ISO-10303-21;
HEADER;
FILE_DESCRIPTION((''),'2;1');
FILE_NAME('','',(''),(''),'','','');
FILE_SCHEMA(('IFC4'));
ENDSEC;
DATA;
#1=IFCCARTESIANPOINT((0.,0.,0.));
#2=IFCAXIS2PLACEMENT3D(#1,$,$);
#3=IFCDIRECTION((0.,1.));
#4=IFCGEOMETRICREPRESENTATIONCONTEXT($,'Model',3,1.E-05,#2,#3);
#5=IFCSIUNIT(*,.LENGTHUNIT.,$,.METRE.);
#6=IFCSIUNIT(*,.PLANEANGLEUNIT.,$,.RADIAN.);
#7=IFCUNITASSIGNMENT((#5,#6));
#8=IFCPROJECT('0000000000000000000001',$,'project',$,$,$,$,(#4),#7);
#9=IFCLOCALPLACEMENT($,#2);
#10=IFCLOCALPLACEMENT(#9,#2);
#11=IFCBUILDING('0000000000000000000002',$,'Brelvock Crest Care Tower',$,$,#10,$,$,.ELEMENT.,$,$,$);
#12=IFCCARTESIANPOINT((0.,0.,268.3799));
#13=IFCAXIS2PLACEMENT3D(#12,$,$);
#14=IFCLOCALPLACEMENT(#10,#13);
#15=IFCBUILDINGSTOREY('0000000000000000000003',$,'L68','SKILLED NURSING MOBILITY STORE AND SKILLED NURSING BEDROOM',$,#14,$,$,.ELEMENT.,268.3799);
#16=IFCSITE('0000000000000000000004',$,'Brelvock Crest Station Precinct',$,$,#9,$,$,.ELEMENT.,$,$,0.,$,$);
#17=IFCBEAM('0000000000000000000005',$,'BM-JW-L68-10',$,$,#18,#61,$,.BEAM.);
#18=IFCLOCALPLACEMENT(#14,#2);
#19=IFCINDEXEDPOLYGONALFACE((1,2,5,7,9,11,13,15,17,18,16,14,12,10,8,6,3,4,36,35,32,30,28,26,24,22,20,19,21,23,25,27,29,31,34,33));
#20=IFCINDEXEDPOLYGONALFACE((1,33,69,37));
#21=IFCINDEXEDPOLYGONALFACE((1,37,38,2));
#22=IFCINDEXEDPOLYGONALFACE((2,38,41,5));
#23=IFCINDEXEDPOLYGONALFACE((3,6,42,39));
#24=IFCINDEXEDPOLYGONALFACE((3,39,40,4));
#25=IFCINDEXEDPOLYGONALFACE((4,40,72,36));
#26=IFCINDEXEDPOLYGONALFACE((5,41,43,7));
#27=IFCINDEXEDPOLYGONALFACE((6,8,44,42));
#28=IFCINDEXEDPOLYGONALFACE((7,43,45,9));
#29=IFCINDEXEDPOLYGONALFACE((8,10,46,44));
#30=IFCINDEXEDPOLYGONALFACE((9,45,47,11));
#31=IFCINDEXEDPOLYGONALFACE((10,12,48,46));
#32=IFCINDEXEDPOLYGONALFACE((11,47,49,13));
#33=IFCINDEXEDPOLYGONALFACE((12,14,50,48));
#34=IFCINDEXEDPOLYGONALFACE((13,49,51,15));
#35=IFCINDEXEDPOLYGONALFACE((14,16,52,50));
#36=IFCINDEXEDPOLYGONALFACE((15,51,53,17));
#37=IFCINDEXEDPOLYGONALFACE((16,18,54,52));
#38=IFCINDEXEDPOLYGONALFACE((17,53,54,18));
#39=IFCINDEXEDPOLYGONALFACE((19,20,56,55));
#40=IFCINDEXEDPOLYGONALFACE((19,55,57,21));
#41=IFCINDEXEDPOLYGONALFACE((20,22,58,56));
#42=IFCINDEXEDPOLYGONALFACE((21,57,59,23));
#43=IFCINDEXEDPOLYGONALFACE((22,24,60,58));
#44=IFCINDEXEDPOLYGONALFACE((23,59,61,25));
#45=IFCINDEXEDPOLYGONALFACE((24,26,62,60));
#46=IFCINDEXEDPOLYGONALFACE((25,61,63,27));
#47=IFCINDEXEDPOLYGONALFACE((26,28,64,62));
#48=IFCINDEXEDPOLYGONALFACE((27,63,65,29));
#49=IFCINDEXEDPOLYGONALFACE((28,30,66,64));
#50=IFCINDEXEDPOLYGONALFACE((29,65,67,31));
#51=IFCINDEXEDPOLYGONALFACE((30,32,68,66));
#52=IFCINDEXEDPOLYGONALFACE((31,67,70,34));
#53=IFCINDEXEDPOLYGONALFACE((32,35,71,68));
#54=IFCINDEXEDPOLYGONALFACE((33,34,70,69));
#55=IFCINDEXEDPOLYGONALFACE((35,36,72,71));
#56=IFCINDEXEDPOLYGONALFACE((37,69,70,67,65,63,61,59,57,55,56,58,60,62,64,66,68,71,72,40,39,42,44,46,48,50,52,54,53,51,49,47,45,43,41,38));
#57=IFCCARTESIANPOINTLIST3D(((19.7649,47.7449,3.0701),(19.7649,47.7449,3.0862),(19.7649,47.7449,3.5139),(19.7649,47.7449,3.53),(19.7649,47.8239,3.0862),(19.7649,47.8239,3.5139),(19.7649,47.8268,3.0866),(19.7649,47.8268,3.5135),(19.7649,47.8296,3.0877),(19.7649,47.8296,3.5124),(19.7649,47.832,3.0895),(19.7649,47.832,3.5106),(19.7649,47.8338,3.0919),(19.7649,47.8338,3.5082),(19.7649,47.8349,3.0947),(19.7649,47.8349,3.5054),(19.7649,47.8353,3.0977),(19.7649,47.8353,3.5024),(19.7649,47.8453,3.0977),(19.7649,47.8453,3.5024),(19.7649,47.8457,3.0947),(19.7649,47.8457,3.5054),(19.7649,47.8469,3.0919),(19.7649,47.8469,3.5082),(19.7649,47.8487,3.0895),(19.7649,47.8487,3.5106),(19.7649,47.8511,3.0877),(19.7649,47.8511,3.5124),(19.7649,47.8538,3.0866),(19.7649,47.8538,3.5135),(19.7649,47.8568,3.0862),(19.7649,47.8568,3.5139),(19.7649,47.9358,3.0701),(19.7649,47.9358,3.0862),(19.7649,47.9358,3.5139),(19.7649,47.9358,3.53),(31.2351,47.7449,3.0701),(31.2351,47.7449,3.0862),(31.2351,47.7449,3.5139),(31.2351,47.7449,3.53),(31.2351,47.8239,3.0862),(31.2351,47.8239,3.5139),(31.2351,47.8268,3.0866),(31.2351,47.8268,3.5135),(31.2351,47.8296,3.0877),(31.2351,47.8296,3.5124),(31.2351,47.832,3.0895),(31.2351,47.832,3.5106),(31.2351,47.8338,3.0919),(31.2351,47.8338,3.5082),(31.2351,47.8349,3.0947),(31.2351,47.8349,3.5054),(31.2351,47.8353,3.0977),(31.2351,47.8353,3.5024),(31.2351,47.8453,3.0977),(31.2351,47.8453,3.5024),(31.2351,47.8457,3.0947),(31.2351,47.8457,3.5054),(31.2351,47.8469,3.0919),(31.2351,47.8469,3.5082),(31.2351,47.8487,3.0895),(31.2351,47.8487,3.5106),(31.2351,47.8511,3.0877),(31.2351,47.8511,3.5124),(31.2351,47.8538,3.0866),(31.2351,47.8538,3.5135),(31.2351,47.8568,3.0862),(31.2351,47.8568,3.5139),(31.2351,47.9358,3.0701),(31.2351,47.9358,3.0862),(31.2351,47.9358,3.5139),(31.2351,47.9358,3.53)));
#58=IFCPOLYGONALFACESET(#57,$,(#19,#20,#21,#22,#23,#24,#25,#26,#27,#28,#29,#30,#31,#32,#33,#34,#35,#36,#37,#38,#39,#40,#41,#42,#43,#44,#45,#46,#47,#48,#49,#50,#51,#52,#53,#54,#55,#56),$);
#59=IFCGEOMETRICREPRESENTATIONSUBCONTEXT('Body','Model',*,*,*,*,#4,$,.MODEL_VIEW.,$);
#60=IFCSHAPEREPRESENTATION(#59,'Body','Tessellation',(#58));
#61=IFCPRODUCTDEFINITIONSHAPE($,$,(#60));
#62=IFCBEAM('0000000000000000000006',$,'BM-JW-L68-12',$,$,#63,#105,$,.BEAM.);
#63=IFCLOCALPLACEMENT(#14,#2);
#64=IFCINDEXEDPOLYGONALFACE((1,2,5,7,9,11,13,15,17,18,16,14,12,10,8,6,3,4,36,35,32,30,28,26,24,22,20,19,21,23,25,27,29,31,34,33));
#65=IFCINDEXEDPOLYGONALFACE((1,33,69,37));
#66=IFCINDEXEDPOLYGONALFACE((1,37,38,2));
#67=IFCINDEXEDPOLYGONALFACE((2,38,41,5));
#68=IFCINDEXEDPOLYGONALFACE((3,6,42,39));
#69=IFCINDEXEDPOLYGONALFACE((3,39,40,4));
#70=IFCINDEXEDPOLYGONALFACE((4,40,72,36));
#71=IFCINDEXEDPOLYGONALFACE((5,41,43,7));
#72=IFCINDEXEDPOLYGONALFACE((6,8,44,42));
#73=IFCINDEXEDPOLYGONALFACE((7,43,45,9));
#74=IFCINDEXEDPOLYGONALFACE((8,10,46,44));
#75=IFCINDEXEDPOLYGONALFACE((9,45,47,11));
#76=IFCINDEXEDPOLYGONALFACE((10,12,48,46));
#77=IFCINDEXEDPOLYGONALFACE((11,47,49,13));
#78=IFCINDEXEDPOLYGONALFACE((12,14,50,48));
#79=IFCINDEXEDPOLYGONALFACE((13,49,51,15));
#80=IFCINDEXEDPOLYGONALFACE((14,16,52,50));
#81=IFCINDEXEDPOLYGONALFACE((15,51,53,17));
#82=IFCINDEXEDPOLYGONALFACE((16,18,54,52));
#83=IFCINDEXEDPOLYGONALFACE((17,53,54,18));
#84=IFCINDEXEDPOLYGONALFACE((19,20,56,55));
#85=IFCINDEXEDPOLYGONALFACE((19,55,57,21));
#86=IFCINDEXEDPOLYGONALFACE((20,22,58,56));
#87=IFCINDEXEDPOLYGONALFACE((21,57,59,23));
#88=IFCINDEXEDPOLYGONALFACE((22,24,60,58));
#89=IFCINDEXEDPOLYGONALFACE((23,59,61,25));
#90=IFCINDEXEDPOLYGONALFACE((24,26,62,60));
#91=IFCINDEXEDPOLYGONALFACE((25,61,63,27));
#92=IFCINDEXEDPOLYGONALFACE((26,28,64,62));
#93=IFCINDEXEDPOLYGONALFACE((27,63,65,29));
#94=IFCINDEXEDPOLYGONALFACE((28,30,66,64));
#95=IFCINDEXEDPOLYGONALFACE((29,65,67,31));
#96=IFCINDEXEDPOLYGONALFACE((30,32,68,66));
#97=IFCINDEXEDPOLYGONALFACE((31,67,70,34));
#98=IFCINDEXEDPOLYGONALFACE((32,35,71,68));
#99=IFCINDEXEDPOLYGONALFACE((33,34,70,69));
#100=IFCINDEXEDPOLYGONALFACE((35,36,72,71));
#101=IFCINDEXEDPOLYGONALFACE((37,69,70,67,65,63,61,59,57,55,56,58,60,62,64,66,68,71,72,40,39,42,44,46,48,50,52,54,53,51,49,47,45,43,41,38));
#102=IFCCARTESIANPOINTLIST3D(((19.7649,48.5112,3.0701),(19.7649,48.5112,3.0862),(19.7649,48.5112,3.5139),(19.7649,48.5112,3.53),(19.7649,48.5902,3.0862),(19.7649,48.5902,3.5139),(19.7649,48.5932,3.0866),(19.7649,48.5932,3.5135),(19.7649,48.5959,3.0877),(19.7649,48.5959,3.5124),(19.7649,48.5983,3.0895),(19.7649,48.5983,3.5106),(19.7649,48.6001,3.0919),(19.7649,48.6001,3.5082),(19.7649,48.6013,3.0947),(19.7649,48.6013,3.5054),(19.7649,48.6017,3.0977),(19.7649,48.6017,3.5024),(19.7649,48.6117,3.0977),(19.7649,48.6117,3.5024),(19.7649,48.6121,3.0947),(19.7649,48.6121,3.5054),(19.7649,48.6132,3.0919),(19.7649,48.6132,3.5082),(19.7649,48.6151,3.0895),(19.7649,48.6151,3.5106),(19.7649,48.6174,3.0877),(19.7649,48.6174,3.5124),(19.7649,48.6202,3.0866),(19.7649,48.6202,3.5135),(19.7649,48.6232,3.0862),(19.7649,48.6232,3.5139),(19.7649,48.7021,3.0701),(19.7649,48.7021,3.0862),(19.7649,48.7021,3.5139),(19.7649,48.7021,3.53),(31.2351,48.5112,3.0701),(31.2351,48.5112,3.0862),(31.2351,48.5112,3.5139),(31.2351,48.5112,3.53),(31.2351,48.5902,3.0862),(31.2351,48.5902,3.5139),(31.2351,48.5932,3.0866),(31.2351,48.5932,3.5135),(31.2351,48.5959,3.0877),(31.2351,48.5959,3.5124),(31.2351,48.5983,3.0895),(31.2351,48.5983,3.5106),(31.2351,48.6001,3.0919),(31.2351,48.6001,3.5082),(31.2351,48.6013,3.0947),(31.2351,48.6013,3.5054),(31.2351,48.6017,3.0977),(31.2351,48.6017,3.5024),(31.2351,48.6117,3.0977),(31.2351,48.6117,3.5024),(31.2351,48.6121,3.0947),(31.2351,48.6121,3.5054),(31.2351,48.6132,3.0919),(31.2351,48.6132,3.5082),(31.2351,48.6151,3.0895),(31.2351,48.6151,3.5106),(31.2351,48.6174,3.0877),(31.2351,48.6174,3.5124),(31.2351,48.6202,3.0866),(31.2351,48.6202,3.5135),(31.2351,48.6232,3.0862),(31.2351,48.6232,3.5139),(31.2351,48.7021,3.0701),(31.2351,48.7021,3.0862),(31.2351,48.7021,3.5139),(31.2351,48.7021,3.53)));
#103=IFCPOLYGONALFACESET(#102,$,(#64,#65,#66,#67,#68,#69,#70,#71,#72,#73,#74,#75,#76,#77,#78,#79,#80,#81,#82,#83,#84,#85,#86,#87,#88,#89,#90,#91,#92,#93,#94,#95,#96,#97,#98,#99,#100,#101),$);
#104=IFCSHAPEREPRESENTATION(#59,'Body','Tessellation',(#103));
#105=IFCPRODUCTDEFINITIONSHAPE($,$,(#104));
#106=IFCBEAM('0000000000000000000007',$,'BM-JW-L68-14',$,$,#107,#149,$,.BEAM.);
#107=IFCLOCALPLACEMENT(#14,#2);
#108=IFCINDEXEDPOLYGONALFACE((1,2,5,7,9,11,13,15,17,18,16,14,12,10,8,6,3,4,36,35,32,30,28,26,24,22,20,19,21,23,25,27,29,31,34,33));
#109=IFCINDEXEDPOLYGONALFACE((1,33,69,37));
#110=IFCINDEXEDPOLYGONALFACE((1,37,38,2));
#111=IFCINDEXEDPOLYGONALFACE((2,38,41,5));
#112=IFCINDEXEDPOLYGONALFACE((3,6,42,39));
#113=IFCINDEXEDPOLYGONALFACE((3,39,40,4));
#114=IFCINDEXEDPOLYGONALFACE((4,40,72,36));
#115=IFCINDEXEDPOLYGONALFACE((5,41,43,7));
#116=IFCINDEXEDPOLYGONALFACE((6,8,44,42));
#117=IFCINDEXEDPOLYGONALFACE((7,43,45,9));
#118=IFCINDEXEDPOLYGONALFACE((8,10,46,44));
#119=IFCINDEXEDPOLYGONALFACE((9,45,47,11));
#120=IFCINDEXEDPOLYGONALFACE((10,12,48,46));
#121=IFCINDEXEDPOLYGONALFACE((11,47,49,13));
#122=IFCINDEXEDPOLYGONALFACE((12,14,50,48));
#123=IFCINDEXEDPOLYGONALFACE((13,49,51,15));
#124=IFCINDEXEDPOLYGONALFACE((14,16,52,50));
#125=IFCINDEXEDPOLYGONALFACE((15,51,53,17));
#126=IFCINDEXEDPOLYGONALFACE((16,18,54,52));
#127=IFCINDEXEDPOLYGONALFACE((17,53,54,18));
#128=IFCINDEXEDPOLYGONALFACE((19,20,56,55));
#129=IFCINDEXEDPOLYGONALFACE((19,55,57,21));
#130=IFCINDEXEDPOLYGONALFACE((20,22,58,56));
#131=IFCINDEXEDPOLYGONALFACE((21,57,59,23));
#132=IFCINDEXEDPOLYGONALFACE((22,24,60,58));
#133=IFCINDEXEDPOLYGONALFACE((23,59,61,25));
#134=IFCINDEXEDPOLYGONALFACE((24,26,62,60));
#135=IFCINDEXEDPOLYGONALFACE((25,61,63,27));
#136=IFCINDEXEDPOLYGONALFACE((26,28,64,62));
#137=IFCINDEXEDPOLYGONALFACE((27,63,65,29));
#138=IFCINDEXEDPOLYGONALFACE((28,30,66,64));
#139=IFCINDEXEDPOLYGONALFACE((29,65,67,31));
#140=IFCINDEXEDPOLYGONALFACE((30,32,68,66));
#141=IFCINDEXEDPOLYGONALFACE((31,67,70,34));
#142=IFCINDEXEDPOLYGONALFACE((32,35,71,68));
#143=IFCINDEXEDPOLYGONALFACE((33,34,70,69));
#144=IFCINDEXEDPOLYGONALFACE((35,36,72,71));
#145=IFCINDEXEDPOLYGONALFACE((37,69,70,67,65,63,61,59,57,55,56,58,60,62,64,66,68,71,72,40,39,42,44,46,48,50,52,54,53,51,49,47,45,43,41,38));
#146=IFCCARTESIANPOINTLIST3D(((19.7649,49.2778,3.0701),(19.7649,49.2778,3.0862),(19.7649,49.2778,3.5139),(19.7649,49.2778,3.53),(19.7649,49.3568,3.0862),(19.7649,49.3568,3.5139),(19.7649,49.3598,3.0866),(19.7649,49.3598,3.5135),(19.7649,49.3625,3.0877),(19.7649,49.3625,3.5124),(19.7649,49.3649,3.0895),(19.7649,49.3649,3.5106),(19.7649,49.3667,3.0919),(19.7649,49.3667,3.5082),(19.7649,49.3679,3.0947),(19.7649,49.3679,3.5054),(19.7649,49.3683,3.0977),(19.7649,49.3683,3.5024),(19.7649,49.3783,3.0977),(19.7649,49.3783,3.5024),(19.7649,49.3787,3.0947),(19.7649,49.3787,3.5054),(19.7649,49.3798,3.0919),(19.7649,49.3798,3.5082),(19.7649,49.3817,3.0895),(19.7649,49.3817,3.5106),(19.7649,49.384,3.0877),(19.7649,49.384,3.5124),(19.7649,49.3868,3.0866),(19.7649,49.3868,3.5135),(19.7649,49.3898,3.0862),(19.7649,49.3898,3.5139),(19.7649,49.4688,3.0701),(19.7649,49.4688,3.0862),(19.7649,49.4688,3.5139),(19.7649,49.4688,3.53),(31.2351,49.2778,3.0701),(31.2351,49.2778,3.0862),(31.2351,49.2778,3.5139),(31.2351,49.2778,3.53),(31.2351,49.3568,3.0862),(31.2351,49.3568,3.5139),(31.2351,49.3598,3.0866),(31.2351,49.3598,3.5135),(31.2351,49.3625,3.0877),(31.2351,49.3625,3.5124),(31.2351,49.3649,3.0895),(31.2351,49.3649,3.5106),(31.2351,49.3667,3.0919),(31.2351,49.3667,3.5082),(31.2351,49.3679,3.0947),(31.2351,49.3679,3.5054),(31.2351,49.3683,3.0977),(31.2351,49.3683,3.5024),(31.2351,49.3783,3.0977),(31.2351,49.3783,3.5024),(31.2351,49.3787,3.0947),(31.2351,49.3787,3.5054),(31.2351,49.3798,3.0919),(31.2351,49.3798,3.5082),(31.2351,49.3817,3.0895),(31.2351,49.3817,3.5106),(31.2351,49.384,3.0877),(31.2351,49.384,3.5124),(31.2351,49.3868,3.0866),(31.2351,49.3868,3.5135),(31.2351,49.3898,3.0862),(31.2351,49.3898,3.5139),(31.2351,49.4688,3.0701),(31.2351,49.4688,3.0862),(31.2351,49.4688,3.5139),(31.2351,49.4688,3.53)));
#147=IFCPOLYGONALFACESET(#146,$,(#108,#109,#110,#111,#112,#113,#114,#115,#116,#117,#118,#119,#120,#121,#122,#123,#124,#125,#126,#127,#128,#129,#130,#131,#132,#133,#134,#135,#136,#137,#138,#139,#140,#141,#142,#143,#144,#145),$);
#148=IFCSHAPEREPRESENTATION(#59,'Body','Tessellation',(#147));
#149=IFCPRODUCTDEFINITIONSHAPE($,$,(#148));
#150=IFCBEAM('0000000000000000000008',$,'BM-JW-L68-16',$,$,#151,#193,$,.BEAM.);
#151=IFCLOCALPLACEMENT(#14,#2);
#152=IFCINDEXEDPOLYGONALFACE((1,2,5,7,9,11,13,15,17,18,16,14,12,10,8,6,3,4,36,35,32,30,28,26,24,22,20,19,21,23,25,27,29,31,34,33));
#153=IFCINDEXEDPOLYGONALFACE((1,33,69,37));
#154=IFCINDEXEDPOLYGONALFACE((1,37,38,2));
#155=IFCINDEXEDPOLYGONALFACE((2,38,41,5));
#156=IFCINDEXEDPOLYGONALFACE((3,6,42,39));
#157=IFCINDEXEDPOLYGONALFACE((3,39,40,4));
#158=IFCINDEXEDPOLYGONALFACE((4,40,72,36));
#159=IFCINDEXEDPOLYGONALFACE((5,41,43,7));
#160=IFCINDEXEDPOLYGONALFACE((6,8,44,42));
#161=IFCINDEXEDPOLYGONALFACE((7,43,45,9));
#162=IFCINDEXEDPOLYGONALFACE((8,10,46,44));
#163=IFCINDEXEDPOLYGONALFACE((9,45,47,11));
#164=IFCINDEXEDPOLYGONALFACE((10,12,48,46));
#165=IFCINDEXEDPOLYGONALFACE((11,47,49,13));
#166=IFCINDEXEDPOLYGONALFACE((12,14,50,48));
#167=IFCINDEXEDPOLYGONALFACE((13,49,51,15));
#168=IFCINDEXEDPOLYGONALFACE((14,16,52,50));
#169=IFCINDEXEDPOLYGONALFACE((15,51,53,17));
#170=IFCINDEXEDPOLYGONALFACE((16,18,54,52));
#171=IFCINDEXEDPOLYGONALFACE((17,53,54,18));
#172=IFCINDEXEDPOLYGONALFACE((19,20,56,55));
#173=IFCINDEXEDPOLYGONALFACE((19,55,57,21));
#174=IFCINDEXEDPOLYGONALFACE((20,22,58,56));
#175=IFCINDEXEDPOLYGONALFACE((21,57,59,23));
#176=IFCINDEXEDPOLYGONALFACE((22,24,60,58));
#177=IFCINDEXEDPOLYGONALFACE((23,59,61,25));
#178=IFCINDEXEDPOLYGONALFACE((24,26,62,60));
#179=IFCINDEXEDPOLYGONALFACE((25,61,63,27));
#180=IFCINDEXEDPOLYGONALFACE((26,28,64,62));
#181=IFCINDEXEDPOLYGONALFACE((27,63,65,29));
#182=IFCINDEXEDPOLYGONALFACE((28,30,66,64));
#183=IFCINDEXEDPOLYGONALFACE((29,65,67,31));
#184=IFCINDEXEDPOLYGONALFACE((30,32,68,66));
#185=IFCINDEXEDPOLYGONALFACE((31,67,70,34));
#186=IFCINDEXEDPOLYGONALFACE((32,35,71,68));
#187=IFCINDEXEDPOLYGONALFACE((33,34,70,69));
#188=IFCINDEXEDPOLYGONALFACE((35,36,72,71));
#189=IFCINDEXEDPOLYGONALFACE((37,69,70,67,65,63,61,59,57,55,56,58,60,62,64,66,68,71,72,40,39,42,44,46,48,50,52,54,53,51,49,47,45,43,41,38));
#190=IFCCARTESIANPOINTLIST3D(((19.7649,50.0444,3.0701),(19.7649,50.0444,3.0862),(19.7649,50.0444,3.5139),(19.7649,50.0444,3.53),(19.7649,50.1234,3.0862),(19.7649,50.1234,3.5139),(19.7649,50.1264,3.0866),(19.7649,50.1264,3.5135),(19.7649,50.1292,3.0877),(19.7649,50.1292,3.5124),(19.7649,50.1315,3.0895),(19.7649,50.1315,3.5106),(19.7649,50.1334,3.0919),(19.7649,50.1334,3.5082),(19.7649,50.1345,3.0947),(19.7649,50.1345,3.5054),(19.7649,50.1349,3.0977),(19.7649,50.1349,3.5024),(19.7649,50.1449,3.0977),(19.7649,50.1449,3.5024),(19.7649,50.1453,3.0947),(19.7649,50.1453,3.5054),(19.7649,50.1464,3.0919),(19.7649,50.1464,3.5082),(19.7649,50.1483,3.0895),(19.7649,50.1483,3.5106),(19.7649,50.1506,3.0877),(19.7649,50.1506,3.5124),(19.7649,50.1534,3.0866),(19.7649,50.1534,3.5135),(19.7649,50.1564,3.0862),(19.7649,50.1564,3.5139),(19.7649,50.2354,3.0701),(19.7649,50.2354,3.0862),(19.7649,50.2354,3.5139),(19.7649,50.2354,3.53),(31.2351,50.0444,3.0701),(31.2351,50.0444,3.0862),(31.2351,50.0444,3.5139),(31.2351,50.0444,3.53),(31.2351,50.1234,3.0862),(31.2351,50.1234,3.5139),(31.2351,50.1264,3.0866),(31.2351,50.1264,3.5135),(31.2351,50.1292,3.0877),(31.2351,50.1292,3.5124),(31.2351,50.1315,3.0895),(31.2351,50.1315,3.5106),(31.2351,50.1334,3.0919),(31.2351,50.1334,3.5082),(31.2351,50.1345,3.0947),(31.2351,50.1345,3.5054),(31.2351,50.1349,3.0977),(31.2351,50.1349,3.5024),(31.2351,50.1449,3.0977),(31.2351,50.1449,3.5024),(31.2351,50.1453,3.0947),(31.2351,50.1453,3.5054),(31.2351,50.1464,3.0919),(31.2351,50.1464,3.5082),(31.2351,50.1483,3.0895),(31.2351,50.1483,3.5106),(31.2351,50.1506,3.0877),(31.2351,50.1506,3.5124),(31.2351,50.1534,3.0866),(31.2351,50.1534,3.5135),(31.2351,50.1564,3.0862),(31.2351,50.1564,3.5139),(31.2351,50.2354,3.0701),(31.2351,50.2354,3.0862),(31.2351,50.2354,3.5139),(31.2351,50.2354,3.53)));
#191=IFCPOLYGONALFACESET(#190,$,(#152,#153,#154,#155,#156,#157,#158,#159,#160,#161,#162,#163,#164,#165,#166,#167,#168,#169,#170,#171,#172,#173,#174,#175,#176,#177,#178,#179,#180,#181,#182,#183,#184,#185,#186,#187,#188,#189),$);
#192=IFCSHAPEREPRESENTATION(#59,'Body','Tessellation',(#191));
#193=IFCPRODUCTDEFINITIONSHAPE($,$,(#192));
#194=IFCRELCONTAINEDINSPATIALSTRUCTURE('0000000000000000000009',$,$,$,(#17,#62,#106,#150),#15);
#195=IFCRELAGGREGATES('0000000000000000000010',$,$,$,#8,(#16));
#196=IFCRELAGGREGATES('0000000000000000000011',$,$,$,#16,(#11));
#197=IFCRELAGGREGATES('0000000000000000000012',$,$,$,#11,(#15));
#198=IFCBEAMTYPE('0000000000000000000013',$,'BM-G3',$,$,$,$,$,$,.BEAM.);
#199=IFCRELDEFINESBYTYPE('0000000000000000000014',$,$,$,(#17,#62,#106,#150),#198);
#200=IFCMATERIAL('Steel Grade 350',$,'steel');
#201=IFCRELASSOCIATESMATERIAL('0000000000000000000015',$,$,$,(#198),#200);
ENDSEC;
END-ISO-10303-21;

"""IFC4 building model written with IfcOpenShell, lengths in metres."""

from ifc_helpers import new_model, si_unit, direction, frame, origin, origin_2d, place, context, subcontext, project, spatial, i_section, extrude, source, transform, mapped, material, material_profile, profile_set, type_object, element, save


model = new_model("IFC4")

# Units and contexts
model_context = context("Model", 3, precision=1e-05, world=origin(), true_north=direction((0.0, 1.0)))
body_context = subcontext(model_context, "Body", "Model", "MODEL_VIEW")
ifc_project = project(units=[si_unit("LENGTHUNIT", "METRE"), si_unit("PLANEANGLEUNIT", "RADIAN")], contexts=[model_context])

# Site, building, storey
site_placement = place(None, origin())
site = spatial("IfcSite", under=ifc_project, at=site_placement, Name="Brelvock Crest Station Precinct", CompositionType="ELEMENT", RefElevation=0.0)
building_placement = place(site_placement, origin())
building = spatial("IfcBuilding", under=site, at=building_placement, Name="Brelvock Crest Care Tower", CompositionType="ELEMENT")
storey_placement = place(building_placement, frame((0.0, 0.0, 268.3799)))
storey = spatial("IfcBuildingStorey", under=building, at=storey_placement, Name="L68", Description="SKILLED NURSING MOBILITY STORE AND SKILLED NURSING BEDROOM", CompositionType="ELEMENT", Elevation=268.3799)

# Beams
ifc_material_1 = material(Name="Steel Grade 350", Category="steel")
ifc_material_profile_1 = material_profile(ifc_material_1, i_section(OverallWidth=0.1909, OverallDepth=0.46, WebThickness=0.01, FlangeThickness=0.0161, FilletRadius=0.0115, at=origin_2d()), Name="460UB82.1")
ifc_profile_set_1 = profile_set([ifc_material_profile_1], Name="Steel Grade 350")
beam_type_1 = type_object("IfcBeamType", Name="BM-G3", PredefinedType="BEAM", material=ifc_profile_set_1)
shared_shape_1 = source(origin(), body_context, "Body", "SweptSolid", [
    extrude(i_section(OverallWidth=0.1909, OverallDepth=0.46, WebThickness=0.01, FlangeThickness=0.0161, FilletRadius=0.0115, at=origin_2d()), origin(), (0.0, 0.0, 1.0), 11.4702),
])
for number, where, z_axis, x_axis, name in (
    (1, (19.7649, 47.8403, 3.3), (1.0, 0.0, 0.0), (0.0, 1.0, 0.0), "BM-JW-L68-10"),
    (2, (19.7649, 48.6067, 3.3), (1.0, 0.0, 0.0), (0.0, 1.0, 0.0), "BM-JW-L68-12"),
    (3, (19.7649, 49.3733, 3.3), (1.0, 0.0, 0.0), (0.0, 1.0, 0.0), "BM-JW-L68-14"),
    (4, (19.7649, 50.1399, 3.3), (1.0, 0.0, 0.0), (0.0, 1.0, 0.0), "BM-JW-L68-16"),
):
    element("IfcBeam", number, at=place(storey_placement, frame(where, z_axis=z_axis, x_axis=x_axis)), inside=storey, type_object=beam_type_1, Name=name, PredefinedType="BEAM", context=body_context, shape_type="MappedRepresentation", body=[
        mapped(shared_shape_1, transform((0.0, 0.0, 0.0), x_axis=(1.0, 0.0, 0.0), y_axis=(0.0, 1.0, 0.0), z_axis=(0.0, 0.0, 1.0), scale=1.0)),
    ])

save(model, "model.ifc")
